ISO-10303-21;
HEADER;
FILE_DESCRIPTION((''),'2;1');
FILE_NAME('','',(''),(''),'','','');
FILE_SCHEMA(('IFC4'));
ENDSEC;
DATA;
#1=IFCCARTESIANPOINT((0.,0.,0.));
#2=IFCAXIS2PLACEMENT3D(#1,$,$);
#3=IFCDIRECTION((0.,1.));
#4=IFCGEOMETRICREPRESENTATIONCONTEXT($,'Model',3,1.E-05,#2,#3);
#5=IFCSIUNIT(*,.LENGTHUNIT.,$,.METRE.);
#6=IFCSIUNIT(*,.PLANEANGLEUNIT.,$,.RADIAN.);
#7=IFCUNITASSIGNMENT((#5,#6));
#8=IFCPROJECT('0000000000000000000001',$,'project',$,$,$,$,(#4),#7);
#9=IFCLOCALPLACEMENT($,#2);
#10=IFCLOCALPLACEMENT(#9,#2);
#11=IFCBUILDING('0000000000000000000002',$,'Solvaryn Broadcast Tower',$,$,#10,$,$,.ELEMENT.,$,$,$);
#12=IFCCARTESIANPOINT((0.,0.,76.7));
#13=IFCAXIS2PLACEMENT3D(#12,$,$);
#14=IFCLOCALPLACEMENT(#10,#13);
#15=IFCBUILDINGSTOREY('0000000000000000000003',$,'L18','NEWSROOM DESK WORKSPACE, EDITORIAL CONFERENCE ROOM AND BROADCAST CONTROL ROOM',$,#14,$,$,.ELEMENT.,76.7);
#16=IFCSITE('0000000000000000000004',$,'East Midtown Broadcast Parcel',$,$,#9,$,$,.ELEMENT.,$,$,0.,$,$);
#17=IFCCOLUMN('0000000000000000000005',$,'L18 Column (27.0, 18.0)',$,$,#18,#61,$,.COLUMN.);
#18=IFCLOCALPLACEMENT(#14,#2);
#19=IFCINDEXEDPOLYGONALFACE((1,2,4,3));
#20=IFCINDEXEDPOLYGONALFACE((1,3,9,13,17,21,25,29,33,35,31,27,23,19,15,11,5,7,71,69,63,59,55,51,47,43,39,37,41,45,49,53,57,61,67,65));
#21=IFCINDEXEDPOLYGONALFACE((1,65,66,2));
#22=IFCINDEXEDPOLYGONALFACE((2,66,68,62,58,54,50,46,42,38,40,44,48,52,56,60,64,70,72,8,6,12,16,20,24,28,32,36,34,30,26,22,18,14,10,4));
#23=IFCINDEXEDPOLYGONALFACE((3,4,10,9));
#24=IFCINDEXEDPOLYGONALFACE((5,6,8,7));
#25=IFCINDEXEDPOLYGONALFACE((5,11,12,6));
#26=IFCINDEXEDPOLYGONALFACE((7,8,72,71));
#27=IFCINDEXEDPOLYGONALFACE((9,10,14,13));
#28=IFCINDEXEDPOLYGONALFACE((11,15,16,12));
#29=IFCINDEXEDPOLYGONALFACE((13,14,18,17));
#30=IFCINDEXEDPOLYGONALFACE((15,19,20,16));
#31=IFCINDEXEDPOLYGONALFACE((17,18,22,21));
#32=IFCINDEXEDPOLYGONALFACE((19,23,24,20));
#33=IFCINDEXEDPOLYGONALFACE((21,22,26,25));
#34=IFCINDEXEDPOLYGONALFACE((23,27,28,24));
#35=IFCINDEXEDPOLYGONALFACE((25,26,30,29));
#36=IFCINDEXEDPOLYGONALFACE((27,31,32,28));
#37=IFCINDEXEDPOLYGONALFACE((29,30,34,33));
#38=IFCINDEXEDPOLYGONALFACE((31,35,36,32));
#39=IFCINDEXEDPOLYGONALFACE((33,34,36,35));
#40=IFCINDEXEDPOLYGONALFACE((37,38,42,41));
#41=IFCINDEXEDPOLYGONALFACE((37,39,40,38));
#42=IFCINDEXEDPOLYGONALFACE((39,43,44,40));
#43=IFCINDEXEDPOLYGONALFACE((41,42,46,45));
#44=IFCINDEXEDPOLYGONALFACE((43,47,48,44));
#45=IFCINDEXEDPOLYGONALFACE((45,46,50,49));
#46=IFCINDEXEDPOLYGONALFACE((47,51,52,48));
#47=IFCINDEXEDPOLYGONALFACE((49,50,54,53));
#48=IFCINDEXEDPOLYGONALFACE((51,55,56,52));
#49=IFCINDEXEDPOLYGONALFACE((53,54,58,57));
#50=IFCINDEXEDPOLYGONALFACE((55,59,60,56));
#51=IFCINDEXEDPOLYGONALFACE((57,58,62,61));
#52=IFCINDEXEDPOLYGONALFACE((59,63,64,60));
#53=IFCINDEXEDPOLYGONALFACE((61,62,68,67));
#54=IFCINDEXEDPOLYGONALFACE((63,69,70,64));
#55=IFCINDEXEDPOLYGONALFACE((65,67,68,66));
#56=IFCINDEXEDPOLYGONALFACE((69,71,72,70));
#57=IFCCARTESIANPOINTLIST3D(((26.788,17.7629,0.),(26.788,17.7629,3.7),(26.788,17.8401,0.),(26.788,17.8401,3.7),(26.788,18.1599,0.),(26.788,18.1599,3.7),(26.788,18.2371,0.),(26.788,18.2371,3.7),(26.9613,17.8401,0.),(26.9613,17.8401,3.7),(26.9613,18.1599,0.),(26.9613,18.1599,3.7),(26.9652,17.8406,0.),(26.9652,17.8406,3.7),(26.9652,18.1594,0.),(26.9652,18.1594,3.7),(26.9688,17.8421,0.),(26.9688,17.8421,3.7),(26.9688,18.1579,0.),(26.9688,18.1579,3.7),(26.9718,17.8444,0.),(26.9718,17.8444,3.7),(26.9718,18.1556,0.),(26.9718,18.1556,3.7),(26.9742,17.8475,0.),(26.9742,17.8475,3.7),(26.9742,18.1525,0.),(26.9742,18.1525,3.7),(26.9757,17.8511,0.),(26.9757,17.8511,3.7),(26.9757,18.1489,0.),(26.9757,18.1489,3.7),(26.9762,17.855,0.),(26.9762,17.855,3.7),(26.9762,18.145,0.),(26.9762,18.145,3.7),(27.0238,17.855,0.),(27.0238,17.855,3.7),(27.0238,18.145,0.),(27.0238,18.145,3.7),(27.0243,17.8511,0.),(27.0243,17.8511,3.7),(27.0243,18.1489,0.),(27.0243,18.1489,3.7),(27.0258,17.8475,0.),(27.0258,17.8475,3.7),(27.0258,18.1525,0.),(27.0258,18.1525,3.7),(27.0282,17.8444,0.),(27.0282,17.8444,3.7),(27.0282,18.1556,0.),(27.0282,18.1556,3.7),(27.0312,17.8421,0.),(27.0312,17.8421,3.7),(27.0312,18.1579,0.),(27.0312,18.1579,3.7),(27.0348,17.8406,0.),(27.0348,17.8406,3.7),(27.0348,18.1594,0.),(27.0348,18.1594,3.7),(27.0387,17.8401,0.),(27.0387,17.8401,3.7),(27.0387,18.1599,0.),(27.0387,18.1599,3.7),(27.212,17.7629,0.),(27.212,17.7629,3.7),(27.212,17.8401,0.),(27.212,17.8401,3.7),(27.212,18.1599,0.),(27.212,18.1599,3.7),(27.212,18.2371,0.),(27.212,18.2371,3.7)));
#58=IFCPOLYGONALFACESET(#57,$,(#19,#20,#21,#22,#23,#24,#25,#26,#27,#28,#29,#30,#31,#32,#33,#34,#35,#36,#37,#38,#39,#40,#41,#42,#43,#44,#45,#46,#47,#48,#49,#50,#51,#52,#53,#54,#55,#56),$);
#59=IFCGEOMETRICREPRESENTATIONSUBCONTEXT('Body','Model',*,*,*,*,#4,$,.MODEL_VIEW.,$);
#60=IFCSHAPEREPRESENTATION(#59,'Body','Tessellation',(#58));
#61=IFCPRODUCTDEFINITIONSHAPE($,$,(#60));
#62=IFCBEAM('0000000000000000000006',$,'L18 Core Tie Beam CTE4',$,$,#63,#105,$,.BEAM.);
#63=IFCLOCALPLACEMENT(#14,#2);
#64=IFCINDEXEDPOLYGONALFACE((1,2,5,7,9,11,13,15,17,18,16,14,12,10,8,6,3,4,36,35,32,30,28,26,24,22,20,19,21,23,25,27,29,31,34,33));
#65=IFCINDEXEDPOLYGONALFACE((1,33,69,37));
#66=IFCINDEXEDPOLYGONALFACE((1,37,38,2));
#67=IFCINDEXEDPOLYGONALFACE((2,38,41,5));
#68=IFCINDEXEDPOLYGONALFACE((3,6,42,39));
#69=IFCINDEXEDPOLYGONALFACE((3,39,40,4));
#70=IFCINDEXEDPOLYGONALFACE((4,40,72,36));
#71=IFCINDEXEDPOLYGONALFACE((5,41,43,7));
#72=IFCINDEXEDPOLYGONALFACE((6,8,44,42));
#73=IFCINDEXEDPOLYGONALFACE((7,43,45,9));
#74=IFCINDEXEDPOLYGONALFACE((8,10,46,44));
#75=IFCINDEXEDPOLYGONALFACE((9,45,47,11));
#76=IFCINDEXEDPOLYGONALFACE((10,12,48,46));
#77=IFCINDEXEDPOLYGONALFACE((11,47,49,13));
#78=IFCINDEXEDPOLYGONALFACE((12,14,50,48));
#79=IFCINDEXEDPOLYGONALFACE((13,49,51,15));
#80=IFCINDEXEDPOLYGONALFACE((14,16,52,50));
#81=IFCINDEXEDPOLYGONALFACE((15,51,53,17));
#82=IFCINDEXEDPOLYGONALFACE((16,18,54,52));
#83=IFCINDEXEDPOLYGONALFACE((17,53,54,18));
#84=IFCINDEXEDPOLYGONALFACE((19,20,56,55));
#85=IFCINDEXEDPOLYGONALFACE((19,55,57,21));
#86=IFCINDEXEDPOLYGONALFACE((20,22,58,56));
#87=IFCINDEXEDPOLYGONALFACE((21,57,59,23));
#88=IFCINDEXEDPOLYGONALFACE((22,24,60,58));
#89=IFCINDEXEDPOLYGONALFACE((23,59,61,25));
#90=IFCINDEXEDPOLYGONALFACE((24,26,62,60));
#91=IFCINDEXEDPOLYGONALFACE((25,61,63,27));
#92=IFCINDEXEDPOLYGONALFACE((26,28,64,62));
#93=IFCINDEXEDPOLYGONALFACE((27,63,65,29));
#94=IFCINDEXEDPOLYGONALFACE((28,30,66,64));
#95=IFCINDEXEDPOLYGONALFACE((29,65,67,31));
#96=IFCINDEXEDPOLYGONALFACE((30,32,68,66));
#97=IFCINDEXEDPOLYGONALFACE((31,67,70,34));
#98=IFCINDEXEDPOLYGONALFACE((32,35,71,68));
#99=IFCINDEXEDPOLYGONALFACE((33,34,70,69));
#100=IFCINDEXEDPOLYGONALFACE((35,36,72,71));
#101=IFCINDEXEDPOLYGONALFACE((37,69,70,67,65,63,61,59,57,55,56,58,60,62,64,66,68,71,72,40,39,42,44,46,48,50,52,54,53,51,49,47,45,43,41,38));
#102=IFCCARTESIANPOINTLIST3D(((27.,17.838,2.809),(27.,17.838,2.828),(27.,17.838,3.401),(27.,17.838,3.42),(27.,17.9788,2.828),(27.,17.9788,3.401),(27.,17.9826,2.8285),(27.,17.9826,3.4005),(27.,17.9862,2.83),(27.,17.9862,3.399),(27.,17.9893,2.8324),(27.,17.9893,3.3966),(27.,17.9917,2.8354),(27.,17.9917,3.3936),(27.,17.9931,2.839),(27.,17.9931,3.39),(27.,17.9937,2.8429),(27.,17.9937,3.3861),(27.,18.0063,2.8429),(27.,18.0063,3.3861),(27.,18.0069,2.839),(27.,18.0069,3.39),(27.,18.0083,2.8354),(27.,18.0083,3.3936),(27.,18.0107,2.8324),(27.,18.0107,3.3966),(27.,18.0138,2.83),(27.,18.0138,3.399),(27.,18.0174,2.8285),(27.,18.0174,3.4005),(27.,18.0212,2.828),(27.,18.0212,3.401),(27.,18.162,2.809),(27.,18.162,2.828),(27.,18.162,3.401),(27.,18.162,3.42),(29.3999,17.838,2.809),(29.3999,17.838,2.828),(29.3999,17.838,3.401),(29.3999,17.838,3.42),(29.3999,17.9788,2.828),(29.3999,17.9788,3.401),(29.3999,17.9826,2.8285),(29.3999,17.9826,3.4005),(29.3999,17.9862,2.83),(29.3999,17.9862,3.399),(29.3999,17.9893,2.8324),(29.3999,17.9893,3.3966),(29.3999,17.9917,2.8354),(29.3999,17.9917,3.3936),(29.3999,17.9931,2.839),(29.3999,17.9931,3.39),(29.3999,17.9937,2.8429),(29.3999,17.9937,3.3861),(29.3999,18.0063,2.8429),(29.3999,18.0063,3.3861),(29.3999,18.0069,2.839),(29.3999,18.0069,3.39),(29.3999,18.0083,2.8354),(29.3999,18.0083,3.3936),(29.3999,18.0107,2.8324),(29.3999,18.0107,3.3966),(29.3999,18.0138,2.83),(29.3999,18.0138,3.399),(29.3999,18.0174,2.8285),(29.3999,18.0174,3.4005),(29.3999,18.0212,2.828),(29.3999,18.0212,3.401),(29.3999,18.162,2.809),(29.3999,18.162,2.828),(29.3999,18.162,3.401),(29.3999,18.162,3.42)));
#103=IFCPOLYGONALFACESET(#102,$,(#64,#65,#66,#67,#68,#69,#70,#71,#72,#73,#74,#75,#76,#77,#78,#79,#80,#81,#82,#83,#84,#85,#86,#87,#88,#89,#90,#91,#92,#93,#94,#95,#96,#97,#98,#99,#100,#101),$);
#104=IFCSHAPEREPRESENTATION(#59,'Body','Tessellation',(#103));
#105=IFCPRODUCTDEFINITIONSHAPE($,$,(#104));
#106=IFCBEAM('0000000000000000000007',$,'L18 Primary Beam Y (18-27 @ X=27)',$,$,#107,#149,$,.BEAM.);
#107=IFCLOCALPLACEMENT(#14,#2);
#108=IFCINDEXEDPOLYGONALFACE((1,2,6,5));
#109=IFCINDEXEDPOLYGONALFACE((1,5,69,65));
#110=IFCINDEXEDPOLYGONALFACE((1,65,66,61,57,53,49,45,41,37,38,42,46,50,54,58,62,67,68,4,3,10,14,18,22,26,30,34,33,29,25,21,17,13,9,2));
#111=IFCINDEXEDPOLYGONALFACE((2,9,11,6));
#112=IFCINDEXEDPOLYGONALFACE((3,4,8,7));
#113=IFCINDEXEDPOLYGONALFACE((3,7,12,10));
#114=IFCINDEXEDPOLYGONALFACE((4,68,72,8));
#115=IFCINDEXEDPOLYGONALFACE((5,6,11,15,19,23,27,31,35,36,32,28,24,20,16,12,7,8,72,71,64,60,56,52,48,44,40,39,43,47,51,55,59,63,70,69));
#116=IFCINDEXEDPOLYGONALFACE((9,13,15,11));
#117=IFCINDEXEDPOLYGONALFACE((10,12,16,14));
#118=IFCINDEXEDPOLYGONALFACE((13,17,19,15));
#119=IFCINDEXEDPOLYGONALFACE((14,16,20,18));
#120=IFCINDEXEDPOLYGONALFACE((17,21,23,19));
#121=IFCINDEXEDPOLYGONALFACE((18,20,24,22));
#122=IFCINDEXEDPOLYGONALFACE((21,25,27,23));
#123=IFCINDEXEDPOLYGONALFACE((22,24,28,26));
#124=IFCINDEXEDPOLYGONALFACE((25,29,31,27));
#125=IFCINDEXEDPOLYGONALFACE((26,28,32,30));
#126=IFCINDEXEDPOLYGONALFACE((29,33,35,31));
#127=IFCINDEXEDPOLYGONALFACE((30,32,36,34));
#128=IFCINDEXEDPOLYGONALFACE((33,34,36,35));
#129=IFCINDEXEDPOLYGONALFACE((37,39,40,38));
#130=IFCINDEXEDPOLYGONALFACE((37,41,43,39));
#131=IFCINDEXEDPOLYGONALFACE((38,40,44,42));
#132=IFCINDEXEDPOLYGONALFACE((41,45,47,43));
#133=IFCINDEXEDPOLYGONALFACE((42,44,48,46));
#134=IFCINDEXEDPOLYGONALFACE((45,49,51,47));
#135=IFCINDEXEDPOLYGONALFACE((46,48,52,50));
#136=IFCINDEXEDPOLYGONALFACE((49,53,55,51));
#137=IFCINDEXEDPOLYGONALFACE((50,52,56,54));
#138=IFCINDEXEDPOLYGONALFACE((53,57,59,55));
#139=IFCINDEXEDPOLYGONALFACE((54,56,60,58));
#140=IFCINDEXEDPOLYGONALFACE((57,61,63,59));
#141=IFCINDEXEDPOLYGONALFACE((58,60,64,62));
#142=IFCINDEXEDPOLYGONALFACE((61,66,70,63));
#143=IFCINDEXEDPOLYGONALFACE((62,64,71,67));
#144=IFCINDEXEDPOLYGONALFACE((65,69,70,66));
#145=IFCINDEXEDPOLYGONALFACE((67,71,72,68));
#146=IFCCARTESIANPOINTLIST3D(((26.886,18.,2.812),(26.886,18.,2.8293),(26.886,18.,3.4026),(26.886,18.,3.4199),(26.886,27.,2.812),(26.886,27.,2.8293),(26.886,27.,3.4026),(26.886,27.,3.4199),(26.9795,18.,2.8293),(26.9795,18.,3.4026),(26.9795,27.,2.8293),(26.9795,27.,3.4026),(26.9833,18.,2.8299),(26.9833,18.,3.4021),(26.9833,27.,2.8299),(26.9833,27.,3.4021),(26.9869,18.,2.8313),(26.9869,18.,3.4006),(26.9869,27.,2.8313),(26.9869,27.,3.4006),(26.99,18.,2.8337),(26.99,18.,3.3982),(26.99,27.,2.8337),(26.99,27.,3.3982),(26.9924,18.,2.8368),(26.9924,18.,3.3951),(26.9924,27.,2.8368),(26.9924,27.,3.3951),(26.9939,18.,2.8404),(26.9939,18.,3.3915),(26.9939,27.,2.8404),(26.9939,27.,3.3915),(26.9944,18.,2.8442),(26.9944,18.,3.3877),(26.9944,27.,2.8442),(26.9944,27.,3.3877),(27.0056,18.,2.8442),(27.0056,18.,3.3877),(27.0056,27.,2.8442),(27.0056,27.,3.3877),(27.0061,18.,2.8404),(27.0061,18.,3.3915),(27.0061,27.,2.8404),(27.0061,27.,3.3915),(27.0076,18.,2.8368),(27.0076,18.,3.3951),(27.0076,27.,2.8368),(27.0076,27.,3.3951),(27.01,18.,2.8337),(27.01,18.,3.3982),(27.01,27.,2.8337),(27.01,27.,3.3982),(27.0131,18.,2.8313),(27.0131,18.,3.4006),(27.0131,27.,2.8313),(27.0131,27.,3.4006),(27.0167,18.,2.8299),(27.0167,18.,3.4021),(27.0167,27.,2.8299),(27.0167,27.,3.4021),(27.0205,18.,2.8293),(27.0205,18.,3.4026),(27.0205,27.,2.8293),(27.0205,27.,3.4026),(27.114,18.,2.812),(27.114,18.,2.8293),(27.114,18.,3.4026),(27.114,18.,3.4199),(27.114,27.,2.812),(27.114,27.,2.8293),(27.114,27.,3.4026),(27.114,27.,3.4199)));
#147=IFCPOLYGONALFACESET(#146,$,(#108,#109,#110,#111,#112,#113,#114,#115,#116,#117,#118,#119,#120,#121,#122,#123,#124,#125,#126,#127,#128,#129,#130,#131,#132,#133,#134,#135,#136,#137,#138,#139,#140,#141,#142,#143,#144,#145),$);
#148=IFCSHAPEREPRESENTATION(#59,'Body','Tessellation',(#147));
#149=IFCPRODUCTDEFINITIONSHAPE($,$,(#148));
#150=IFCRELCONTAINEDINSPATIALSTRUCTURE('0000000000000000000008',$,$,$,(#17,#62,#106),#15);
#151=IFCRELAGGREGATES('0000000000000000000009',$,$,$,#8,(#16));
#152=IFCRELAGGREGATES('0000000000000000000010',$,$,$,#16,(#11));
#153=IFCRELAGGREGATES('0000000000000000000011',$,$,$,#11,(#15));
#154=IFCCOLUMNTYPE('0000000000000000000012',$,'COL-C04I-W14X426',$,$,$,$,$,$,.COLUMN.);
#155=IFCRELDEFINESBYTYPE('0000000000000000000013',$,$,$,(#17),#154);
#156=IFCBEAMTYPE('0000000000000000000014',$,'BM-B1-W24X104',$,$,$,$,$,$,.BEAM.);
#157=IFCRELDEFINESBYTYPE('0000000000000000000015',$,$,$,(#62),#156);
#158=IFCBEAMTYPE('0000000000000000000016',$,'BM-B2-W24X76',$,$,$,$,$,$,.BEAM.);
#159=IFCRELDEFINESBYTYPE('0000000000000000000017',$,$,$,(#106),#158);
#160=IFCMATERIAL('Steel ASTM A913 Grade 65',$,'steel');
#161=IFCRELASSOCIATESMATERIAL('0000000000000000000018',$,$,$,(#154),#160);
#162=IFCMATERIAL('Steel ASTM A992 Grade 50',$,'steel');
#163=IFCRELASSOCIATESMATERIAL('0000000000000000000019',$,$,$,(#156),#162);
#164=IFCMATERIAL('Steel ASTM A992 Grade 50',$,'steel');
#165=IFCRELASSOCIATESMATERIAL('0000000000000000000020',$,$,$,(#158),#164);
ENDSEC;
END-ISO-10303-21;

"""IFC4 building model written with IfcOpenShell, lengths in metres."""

from ifc_helpers import new_model, si_unit, direction, frame, origin, origin_2d, place, context, subcontext, project, spatial, i_section, extrude, material, material_profile, profile_set, type_object, element, save


model = new_model("IFC4")

# Units and contexts
model_context = context("Model", 3, precision=1e-05, world=origin(), true_north=direction((0.0, 1.0)))
body_context = subcontext(model_context, "Body", "Model", "MODEL_VIEW")
ifc_project = project(units=[si_unit("LENGTHUNIT", "METRE"), si_unit("PLANEANGLEUNIT", "RADIAN")], contexts=[model_context])

# Site, building, storey
site_placement = place(None, origin())
site = spatial("IfcSite", under=ifc_project, at=site_placement, Name="East Midtown Broadcast Parcel", CompositionType="ELEMENT", RefElevation=0.0)
building_placement = place(site_placement, origin())
building = spatial("IfcBuilding", under=site, at=building_placement, Name="Solvaryn Broadcast Tower", CompositionType="ELEMENT")
storey_placement = place(building_placement, frame((0.0, 0.0, 76.7)))
storey = spatial("IfcBuildingStorey", under=building, at=storey_placement, Name="L18", Description="NEWSROOM DESK WORKSPACE, EDITORIAL CONFERENCE ROOM AND BROADCAST CONTROL ROOM", CompositionType="ELEMENT", Elevation=76.7)

# Column
ifc_material_1 = material(Name="Steel ASTM A913 Grade 65", Category="steel")
ifc_material_profile_1 = material_profile(ifc_material_1, i_section(OverallWidth=0.4241, OverallDepth=0.4741, WebThickness=0.0476, FlangeThickness=0.0771, FilletRadius=0.0149, at=origin_2d()))
ifc_profile_set_1 = profile_set([ifc_material_profile_1], Name="Steel ASTM A913 Grade 65")
column_type = type_object("IfcColumnType", Name="COL-C04I-W14X426", PredefinedType="COLUMN", material=ifc_profile_set_1)
column_placement = place(storey_placement, frame((27.0, 18.0, 0.0), z_axis=(0.0, 0.0, 1.0), x_axis=(1.0, 0.0, 0.0)))
element("IfcColumn", 1, at=column_placement, inside=storey, type_object=column_type, Name="L18 Column (27.0, 18.0)", PredefinedType="COLUMN", context=body_context, shape_type="SweptSolid", body=[
    extrude(i_section(OverallWidth=0.4241, OverallDepth=0.4741, WebThickness=0.0476, FlangeThickness=0.0771, FilletRadius=0.0149, at=origin_2d()), origin(), (0.0, 0.0, 1.0), 3.7),
])

# Beams
ifc_material_2 = material(Name="Steel ASTM A992 Grade 50", Category="steel")
ifc_material_profile_2 = material_profile(ifc_material_2, i_section(OverallWidth=0.324, OverallDepth=0.6111, WebThickness=0.0127, FlangeThickness=0.019, FilletRadius=0.0149, at=origin_2d()))
ifc_profile_set_2 = profile_set([ifc_material_profile_2], Name="Steel ASTM A992 Grade 50")
beam_type_1 = type_object("IfcBeamType", Name="BM-B1-W24X104", PredefinedType="BEAM", material=ifc_profile_set_2)
beam_1_placement = place(storey_placement, frame((27.0, 18.0, 3.1145), z_axis=(1.0, 0.0, 0.0), x_axis=(0.0, 1.0, 0.0)))
element("IfcBeam", 2, at=beam_1_placement, inside=storey, type_object=beam_type_1, Name="L18 Core Tie Beam CTE4", PredefinedType="BEAM", context=body_context, shape_type="SweptSolid", body=[
    extrude(i_section(OverallWidth=0.324, OverallDepth=0.6111, WebThickness=0.0127, FlangeThickness=0.019, FilletRadius=0.0149, at=origin_2d()), origin(), (0.0, 0.0, 1.0), 2.3999),
])
ifc_material_3 = material(Name="Steel ASTM A992 Grade 50", Category="steel")
ifc_material_profile_3 = material_profile(ifc_material_3, i_section(OverallWidth=0.228, OverallDepth=0.6079, WebThickness=0.0112, FlangeThickness=0.0173, FilletRadius=0.0149, at=origin_2d()))
ifc_profile_set_3 = profile_set([ifc_material_profile_3], Name="Steel ASTM A992 Grade 50")
beam_type_2 = type_object("IfcBeamType", Name="BM-B2-W24X76", PredefinedType="BEAM", material=ifc_profile_set_3)
beam_2_placement = place(storey_placement, frame((27.0, 18.0, 3.116), z_axis=(0.0, 1.0, 0.0), x_axis=(-1.0, 0.0, 0.0)))
element("IfcBeam", 3, at=beam_2_placement, inside=storey, type_object=beam_type_2, Name="L18 Primary Beam Y (18-27 @ X=27)", PredefinedType="BEAM", context=body_context, shape_type="SweptSolid", body=[
    extrude(i_section(OverallWidth=0.228, OverallDepth=0.6079, WebThickness=0.0112, FlangeThickness=0.0173, FilletRadius=0.0149, at=origin_2d()), origin(), (0.0, 0.0, 1.0), 9.0),
])

save(model, "model.ifc")
